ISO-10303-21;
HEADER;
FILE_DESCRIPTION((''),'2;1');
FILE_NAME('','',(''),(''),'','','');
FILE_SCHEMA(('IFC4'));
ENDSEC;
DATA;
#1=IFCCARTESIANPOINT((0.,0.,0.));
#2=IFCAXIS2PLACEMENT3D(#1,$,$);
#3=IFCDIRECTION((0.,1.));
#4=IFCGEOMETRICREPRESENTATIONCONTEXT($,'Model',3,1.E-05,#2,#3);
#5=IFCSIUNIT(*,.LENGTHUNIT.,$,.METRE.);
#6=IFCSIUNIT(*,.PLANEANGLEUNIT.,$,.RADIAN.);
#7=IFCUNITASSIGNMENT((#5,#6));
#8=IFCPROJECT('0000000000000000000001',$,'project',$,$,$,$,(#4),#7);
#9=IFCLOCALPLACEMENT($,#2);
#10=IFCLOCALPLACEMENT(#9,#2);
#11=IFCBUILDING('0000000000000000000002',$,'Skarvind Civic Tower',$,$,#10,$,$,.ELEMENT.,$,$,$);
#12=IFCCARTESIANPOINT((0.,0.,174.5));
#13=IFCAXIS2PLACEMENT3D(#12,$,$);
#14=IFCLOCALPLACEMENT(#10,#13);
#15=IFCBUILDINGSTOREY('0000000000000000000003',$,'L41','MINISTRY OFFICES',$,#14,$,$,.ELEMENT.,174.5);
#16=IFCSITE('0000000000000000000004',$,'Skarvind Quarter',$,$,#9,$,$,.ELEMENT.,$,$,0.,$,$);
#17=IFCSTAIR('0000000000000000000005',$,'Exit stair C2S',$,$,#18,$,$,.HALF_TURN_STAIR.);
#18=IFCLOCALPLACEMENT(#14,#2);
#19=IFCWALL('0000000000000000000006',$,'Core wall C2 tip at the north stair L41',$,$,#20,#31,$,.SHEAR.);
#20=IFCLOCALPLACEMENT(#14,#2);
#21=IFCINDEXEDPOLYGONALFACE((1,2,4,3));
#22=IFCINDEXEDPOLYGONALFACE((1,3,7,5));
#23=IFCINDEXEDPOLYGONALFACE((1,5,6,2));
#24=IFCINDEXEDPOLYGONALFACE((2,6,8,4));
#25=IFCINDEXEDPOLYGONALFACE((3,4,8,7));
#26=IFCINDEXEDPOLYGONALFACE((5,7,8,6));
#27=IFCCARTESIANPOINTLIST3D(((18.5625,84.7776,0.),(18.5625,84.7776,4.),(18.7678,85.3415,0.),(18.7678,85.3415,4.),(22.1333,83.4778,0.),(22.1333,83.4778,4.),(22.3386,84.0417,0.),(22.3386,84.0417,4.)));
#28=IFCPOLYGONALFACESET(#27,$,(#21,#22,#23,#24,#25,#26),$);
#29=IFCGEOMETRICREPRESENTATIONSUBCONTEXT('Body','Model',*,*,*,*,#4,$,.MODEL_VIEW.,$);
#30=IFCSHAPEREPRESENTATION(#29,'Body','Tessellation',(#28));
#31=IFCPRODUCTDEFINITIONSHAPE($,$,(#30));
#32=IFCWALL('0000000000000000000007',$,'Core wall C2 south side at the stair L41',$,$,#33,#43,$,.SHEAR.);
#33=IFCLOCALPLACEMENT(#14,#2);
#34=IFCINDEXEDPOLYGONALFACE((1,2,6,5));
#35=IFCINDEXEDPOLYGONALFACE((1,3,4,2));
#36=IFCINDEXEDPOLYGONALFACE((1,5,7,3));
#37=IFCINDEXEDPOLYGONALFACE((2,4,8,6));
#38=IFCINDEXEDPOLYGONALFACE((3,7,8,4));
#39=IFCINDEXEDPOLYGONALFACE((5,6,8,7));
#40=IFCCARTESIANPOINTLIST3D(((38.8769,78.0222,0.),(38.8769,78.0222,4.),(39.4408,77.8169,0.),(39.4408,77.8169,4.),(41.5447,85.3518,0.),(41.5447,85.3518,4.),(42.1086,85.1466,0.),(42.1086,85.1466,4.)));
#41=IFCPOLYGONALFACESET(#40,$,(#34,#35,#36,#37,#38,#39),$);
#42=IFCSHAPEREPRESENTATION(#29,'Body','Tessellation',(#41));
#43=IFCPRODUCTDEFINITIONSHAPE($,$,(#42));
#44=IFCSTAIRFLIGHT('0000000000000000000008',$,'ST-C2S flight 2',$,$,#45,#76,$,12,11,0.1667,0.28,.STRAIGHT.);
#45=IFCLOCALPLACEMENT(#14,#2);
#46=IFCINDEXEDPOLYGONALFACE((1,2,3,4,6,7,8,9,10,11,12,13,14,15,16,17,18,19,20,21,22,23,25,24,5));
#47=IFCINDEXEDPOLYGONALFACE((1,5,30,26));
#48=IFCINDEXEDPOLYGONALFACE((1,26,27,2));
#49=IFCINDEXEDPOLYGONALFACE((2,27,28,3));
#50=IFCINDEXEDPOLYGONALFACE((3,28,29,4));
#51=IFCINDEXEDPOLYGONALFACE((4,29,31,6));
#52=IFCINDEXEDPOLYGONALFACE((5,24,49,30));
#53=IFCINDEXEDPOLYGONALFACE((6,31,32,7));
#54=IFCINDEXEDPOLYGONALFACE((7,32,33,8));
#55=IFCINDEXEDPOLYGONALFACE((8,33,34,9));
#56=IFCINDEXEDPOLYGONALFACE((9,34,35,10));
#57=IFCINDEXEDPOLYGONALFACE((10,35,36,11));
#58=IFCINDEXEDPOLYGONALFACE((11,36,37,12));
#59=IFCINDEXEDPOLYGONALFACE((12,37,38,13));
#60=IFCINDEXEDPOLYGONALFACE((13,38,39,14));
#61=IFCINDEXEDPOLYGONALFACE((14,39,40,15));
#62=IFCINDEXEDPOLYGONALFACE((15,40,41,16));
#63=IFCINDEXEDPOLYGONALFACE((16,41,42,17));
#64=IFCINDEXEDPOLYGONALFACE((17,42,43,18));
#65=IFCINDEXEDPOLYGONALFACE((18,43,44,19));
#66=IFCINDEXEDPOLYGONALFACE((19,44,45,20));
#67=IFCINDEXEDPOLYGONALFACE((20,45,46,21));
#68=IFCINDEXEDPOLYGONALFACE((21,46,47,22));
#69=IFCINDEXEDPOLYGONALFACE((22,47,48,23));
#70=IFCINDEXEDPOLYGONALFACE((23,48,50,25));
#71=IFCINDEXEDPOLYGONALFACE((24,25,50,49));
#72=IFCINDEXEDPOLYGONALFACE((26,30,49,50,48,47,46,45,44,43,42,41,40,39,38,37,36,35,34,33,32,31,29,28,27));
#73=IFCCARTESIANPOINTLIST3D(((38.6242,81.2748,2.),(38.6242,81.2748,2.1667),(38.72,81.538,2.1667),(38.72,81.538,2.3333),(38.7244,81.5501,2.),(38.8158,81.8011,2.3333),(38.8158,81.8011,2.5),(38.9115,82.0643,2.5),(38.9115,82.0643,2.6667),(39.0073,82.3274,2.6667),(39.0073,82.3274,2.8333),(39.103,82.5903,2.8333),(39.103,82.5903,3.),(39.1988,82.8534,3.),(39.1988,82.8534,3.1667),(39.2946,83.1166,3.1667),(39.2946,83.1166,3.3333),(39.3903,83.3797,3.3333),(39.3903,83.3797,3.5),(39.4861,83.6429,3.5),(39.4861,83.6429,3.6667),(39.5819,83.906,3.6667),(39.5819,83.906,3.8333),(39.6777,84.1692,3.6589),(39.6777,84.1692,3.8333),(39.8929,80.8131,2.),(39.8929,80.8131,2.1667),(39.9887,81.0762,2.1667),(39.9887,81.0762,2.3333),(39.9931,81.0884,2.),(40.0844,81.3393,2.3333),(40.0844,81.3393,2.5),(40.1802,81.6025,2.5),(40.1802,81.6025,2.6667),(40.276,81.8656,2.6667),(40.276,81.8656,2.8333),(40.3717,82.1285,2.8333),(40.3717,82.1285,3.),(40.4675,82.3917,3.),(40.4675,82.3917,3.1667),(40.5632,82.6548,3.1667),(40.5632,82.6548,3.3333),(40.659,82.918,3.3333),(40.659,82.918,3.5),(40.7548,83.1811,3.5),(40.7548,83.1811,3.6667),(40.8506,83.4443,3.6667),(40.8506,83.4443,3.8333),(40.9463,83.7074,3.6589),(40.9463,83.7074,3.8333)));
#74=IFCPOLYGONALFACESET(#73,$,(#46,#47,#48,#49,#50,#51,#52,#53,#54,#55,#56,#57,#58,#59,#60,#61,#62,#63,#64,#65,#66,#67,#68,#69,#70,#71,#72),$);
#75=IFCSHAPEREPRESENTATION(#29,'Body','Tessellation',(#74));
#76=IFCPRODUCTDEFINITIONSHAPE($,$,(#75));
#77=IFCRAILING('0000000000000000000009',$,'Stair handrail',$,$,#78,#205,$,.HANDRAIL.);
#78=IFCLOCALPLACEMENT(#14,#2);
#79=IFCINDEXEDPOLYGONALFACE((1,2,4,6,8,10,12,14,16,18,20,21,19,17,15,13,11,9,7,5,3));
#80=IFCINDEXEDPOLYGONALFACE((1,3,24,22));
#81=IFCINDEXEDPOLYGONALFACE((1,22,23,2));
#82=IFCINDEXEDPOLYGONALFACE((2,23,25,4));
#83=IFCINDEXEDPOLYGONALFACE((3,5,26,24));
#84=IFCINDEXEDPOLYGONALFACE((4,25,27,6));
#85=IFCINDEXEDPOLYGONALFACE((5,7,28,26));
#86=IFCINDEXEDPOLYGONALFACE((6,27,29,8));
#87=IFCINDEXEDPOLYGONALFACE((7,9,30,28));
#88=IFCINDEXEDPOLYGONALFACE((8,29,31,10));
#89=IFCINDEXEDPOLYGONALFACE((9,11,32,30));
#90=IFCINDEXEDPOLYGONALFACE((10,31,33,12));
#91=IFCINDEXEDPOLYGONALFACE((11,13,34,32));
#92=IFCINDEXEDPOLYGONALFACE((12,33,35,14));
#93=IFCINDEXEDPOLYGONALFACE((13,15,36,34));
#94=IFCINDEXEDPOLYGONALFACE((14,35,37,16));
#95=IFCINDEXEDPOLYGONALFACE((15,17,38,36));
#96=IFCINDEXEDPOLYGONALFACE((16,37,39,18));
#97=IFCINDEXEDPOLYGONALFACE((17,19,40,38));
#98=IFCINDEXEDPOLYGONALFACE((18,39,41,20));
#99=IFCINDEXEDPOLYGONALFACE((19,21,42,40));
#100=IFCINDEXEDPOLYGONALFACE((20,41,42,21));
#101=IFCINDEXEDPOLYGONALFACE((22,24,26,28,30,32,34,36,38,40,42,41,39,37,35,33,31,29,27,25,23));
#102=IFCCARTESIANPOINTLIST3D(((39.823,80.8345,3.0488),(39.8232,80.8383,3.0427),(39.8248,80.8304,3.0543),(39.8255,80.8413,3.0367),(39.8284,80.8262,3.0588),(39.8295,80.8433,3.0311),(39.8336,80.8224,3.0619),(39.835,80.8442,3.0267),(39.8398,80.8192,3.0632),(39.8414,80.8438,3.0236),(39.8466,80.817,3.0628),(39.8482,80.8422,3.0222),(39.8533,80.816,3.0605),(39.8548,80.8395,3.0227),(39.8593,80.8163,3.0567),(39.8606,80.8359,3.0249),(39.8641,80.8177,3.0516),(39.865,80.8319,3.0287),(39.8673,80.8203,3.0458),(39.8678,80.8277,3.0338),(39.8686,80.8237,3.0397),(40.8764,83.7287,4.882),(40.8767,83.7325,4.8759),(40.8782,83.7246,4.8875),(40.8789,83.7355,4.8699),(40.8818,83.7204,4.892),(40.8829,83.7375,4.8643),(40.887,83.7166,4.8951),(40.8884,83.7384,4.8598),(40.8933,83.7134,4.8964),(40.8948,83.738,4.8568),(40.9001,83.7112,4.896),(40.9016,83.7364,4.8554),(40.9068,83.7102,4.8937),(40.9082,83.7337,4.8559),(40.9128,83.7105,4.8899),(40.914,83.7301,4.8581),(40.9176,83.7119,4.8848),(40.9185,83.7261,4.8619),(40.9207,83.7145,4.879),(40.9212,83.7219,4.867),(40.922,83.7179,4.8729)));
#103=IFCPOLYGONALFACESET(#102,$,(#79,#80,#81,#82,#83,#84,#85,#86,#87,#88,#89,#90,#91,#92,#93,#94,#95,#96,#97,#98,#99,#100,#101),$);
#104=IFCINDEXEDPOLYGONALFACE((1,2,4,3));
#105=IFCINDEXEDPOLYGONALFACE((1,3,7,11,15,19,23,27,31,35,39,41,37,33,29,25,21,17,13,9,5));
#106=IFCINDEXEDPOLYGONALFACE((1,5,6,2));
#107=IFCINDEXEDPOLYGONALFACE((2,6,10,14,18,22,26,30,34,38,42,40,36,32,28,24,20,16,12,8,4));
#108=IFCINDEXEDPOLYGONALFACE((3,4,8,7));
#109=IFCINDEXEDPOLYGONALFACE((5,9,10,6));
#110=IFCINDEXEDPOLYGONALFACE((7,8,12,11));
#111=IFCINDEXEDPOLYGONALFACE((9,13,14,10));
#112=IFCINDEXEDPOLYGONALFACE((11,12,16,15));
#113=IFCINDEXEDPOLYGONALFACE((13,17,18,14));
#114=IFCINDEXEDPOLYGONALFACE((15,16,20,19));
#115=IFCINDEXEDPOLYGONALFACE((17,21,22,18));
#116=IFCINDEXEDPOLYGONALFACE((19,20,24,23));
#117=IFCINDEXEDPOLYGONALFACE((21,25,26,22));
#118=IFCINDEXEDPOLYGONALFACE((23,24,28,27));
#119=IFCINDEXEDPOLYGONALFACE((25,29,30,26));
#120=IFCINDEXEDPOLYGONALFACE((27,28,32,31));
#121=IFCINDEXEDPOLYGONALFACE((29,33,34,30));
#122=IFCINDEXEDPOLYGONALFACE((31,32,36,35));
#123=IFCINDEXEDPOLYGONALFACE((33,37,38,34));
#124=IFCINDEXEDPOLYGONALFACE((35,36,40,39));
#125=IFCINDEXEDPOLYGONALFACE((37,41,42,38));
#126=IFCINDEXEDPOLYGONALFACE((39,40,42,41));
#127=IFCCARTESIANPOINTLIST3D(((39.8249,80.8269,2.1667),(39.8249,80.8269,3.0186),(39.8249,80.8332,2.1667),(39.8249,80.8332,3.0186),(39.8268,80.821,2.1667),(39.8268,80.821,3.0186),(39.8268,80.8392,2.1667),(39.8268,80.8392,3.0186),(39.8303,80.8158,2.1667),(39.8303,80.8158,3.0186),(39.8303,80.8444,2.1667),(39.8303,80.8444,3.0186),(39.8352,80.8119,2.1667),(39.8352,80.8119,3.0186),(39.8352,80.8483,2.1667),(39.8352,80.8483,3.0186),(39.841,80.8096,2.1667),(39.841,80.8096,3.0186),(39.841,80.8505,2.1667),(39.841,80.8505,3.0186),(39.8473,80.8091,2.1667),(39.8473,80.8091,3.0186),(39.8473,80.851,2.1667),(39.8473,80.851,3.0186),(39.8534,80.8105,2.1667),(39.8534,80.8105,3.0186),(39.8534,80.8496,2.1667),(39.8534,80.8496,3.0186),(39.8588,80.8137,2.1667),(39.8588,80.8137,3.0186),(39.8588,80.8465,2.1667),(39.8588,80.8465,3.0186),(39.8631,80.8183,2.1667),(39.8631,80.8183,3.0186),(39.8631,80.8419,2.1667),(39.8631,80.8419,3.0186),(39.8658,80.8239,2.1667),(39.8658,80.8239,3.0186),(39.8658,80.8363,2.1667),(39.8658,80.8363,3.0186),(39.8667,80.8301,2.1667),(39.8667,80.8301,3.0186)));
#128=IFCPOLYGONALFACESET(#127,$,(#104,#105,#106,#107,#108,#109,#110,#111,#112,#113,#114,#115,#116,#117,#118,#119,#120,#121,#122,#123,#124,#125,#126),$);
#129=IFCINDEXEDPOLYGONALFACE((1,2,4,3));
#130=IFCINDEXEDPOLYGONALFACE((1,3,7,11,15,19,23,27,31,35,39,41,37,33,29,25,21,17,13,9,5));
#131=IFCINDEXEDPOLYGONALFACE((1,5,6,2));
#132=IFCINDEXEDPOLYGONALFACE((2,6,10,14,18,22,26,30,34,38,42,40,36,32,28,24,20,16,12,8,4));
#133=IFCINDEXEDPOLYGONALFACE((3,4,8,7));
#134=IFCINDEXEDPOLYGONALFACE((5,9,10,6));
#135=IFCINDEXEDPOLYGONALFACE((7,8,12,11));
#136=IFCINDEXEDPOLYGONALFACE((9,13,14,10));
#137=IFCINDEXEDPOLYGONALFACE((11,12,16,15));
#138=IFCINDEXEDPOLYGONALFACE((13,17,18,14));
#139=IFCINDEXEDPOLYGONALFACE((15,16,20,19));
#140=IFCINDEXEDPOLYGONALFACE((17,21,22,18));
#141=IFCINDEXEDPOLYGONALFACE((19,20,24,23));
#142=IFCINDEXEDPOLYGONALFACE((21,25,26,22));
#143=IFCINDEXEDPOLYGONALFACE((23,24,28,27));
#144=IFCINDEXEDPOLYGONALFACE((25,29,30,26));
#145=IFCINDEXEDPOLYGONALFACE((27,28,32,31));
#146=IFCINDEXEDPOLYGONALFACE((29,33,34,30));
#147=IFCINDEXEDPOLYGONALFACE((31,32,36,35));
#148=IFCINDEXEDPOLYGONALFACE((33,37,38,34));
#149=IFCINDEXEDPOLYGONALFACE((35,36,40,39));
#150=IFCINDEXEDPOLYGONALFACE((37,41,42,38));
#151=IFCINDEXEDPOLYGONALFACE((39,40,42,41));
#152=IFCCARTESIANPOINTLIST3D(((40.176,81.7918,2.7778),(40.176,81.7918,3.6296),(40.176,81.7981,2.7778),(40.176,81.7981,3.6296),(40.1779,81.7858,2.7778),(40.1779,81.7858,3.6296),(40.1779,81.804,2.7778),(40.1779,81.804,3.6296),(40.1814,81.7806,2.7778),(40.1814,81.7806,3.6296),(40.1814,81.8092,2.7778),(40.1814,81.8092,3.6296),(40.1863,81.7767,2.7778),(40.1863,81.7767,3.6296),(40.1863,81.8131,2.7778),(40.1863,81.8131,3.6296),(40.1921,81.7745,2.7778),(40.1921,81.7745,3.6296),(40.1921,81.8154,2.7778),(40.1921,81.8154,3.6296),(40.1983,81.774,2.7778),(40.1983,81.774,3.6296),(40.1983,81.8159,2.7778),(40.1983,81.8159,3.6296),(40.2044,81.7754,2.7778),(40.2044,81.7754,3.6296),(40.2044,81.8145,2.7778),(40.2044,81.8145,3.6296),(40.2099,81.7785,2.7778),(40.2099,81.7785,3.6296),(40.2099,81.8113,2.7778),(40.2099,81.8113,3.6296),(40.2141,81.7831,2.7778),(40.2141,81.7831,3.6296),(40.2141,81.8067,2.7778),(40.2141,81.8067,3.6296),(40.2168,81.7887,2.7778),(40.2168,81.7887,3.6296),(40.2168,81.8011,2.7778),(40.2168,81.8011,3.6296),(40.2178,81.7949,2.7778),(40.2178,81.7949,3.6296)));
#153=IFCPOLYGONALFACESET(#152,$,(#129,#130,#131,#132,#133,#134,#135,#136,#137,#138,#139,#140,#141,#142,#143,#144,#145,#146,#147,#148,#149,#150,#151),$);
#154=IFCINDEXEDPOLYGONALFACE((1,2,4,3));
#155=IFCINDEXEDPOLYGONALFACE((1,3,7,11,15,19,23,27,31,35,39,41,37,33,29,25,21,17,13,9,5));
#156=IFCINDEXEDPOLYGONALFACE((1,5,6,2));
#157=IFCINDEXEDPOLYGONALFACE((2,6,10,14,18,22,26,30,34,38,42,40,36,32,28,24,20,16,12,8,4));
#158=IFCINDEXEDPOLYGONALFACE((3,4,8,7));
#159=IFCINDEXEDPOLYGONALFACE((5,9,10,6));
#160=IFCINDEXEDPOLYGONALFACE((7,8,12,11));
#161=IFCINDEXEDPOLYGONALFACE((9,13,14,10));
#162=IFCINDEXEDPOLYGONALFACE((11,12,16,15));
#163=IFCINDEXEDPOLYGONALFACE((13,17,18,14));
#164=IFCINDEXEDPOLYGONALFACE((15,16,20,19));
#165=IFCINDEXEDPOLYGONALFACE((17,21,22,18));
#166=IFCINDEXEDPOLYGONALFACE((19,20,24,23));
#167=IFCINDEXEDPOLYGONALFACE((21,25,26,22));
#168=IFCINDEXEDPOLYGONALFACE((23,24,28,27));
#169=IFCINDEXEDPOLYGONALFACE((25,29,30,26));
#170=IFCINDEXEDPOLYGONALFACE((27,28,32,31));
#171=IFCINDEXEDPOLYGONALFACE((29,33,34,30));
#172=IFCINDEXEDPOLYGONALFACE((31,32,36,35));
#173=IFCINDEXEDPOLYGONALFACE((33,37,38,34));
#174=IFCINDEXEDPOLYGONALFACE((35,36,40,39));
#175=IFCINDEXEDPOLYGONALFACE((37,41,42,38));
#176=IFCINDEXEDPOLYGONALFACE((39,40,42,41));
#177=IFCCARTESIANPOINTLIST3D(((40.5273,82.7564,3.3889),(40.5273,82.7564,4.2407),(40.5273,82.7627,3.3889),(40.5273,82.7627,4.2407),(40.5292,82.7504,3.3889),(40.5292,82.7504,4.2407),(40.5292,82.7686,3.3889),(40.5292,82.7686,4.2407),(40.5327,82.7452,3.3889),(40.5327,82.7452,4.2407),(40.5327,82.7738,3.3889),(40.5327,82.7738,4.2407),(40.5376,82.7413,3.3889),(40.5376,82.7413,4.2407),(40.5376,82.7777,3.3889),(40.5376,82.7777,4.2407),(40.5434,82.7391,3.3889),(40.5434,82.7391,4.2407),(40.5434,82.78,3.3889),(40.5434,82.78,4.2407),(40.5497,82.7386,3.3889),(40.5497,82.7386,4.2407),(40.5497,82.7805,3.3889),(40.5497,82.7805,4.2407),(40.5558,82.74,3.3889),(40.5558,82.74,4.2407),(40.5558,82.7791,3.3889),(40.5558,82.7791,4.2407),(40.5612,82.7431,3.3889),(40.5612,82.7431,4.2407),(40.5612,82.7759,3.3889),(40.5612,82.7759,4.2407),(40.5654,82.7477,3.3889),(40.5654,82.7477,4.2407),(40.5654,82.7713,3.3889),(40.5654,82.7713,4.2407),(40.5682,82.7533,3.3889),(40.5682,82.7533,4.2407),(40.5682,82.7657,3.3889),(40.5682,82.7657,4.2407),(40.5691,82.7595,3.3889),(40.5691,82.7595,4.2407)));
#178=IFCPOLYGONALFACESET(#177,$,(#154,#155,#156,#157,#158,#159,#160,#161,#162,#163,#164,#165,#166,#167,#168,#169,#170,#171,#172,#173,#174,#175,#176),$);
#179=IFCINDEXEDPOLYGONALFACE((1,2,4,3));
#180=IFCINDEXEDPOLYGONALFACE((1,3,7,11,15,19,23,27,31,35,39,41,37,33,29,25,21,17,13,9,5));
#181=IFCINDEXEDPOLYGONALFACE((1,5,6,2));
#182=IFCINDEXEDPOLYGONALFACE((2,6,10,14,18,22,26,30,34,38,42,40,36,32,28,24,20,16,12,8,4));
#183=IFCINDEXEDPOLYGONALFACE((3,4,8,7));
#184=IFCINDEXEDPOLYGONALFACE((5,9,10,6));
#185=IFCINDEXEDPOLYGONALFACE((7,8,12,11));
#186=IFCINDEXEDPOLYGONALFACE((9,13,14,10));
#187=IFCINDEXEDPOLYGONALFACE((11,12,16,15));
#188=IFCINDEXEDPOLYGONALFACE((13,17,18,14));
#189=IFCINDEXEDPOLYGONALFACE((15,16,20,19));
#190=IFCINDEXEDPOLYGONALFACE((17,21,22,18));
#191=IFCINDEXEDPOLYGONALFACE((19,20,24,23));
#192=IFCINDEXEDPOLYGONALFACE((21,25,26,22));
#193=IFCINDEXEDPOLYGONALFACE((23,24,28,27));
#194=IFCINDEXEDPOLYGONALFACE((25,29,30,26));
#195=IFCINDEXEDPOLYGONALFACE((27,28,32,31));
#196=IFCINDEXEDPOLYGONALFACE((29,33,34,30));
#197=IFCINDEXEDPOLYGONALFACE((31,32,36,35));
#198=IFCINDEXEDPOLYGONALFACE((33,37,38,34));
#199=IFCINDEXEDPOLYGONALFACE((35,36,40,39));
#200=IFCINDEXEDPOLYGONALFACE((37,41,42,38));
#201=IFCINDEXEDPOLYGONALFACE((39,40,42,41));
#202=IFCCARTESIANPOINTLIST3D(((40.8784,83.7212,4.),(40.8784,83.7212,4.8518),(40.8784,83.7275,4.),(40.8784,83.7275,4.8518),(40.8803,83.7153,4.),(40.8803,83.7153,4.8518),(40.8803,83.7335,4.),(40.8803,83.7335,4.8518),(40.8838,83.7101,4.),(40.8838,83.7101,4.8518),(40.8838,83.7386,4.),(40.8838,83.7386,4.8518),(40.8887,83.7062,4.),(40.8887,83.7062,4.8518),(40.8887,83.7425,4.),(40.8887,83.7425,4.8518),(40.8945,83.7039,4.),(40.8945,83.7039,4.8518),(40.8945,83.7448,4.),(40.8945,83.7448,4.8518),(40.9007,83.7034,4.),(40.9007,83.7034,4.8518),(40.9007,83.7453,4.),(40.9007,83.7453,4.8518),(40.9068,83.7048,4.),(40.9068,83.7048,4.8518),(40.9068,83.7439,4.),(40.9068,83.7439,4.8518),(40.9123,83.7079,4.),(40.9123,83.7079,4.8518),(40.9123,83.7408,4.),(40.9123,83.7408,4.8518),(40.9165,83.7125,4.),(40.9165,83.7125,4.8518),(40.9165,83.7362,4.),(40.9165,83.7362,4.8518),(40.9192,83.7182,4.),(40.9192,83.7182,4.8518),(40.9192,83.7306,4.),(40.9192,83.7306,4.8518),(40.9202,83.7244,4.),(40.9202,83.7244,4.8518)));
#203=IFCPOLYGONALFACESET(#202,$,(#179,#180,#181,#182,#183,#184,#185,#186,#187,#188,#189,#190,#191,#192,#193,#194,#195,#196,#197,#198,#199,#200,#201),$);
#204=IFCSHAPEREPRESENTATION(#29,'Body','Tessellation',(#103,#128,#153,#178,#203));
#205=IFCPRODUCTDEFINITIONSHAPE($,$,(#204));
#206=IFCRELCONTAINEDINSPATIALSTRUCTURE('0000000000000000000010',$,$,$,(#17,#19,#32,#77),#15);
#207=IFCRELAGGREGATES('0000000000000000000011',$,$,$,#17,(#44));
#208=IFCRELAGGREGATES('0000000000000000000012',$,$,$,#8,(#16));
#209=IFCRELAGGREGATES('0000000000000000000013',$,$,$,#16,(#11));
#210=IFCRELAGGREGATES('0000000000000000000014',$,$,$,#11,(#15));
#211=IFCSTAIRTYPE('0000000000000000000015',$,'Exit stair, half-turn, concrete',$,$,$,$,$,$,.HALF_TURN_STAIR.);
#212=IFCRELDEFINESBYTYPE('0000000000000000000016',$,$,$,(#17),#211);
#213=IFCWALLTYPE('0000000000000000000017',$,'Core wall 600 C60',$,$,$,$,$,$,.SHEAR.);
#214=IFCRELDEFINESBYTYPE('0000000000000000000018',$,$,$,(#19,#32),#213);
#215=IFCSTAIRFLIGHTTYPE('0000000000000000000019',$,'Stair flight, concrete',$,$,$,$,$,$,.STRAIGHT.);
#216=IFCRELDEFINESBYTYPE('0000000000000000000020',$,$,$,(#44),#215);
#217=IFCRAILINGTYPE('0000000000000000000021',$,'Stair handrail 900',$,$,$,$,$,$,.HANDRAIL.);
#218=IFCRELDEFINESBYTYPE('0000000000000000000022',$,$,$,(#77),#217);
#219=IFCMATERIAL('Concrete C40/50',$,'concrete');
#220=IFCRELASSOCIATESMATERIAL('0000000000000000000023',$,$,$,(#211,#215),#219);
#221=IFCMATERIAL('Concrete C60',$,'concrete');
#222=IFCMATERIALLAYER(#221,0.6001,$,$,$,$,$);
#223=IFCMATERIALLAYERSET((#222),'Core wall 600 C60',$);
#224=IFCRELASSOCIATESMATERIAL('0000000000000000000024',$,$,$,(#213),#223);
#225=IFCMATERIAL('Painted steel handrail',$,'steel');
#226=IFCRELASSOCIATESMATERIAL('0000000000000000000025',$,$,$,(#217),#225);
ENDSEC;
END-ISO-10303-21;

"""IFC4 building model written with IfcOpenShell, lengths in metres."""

from ifc_helpers import new_model, si_unit, direction, frame, frame_2d, origin, origin_2d, place, context, subcontext, project, spatial, polyline, rectangle, circle, outline, extrude, material, layer, layer_set, type_object, element, aggregate, save


model = new_model("IFC4")

# Units and contexts
model_context = context("Model", 3, precision=1e-05, world=origin(), true_north=direction((0.0, 1.0)))
body_context = subcontext(model_context, "Body", "Model", "MODEL_VIEW")
ifc_project = project(units=[si_unit("LENGTHUNIT", "METRE"), si_unit("PLANEANGLEUNIT", "RADIAN")], contexts=[model_context])

# Site, building, storey
site_placement = place(None, origin())
site = spatial("IfcSite", under=ifc_project, at=site_placement, Name="Skarvind Quarter", CompositionType="ELEMENT", RefElevation=0.0)
building_placement = place(site_placement, origin())
building = spatial("IfcBuilding", under=site, at=building_placement, Name="Skarvind Civic Tower", CompositionType="ELEMENT")
storey_placement = place(building_placement, frame((0.0, 0.0, 174.5)))
storey = spatial("IfcBuildingStorey", under=building, at=storey_placement, Name="L41", Description="MINISTRY OFFICES", CompositionType="ELEMENT", Elevation=174.5)

# Shared definitions
ifc_material_1 = material(Name="Concrete C40/50", Category="concrete")

# Stair
stair_type_1 = type_object("IfcStairType", Name="Exit stair, half-turn, concrete", PredefinedType="HALF_TURN_STAIR", material=ifc_material_1)
stair_1_placement = place(storey_placement, origin())
stair_1 = element("IfcStair", 1, at=stair_1_placement, inside=storey, type_object=stair_type_1, Name="Exit stair C2S", PredefinedType="HALF_TURN_STAIR")

# Shared definitions
ifc_material_2 = material(Name="Concrete C60", Category="concrete")

# Walls
ifc_layer_1 = layer(ifc_material_2, 0.6001)
ifc_layer_set_1 = layer_set([ifc_layer_1], Name="Core wall 600 C60")
wall_type_1 = type_object("IfcWallType", Name="Core wall 600 C60", PredefinedType="SHEAR", material=ifc_layer_set_1)
for number, where, z_axis, x_axis, name in (
    (2, (22.2358, 83.7598, 0.0), (0.0, 0.0, 1.0), (-0.939681, 0.342053, 0.0), "Core wall C2 tip at the north stair L41"),
):
    element("IfcWall", number, at=place(storey_placement, frame(where, z_axis=z_axis, x_axis=x_axis)), inside=storey, type_object=wall_type_1, Name=name, PredefinedType="SHEAR", context=body_context, shape_type="SweptSolid", body=[
        extrude(rectangle(XDim=3.8, YDim=0.6001, at=frame_2d((1.8999, 0.0))), origin(), (0.0, 0.0, 1.0), 4.0),
    ])
wall_1_placement = place(storey_placement, frame((39.1589, 77.9197, 0.0), z_axis=(0.0, 0.0, 1.0), x_axis=(0.342017, 0.939694, 0.0)))
element("IfcWall", 3, at=wall_1_placement, inside=storey, type_object=wall_type_1, Name="Core wall C2 south side at the stair L41", PredefinedType="SHEAR", context=body_context, shape_type="SweptSolid", body=[
    extrude(rectangle(XDim=7.8, YDim=0.6001, at=frame_2d((3.8999, 0.0))), origin(), (0.0, 0.0, 1.0), 4.0),
])

# Stair flight
stair_flight_type = type_object("IfcStairFlightType", Name="Stair flight, concrete", PredefinedType="STRAIGHT", material=ifc_material_1)
stair_flight_placement = place(storey_placement, frame((39.2585, 81.0439, 2.0), z_axis=(0.0, 0.0, 1.0), x_axis=(0.34202, 0.939693, 0.0)))
stair_flight = element("IfcStairFlight", 4, at=stair_flight_placement, type_object=stair_flight_type, Name="ST-C2S flight 2", NumberOfRisers=12, NumberOfTreads=11, PredefinedType="STRAIGHT", RiserHeight=0.1667, TreadLength=0.28, context=body_context, shape_type="SweptSolid", body=[
    extrude(outline(polyline([(0.0, 0.0), (0.0, 0.1667), (0.28, 0.1667), (0.28, 0.3333), (0.5601, 0.3333), (0.5601, 0.5), (0.8401, 0.5), (0.8401, 0.6667), (1.1201, 0.6667), (1.1201, 0.8333), (1.3999, 0.8333), (1.3999, 1.0), (1.6799, 1.0), (1.6799, 1.1667), (1.96, 1.1667), (1.96, 1.3333), (2.24, 1.3333), (2.24, 1.5), (2.52, 1.5), (2.52, 1.6667), (2.8, 1.6667), (2.8, 1.8333), (3.0801, 1.8333), (3.0801, 2.0), (3.0801, 1.6589), (0.293, 0.0), (0.0, 0.0)])), frame((0.0, 0.675, 0.0), z_axis=(0.0, -1.0, 0.0), x_axis=(1.0, 0.0, 0.0)), (0.0, 0.0, 1.0), 1.3501),
])
aggregate(stair_1, [stair_flight])

# Railing
ifc_material_3 = material(Name="Painted steel handrail", Category="steel")
railing_type = type_object("IfcRailingType", Name="Stair handrail 900", PredefinedType="HANDRAIL", material=ifc_material_3)
railing_placement = place(storey_placement, frame((39.8457, 80.8301, 2.1667)))
element("IfcRailing", 5, at=railing_placement, inside=storey, type_object=railing_type, Name="Stair handrail", PredefinedType="HANDRAIL", context=body_context, shape_type="SweptSolid", body=[
    extrude(circle(Radius=0.0239, at=origin_2d()), frame((0.0, 0.0, 0.876), z_axis=(0.293908, 0.807481, 0.511461), x_axis=(-0.939689, 0.342029, 0.0)), (0.0, 0.0, 1.0), 3.5842),
    extrude(circle(Radius=0.021, at=origin_2d()), origin(), (0.0, 0.0, 1.0), 0.8518),
    extrude(circle(Radius=0.021, at=origin_2d()), frame((0.3511, 0.9648, 0.6111)), (0.0, 0.0, 1.0), 0.8518),
    extrude(circle(Radius=0.021, at=origin_2d()), frame((0.7024, 1.9294, 1.2222)), (0.0, 0.0, 1.0), 0.8518),
    extrude(circle(Radius=0.021, at=origin_2d()), frame((1.0535, 2.8943, 1.8333)), (0.0, 0.0, 1.0), 0.8518),
])

save(model, "model.ifc")
